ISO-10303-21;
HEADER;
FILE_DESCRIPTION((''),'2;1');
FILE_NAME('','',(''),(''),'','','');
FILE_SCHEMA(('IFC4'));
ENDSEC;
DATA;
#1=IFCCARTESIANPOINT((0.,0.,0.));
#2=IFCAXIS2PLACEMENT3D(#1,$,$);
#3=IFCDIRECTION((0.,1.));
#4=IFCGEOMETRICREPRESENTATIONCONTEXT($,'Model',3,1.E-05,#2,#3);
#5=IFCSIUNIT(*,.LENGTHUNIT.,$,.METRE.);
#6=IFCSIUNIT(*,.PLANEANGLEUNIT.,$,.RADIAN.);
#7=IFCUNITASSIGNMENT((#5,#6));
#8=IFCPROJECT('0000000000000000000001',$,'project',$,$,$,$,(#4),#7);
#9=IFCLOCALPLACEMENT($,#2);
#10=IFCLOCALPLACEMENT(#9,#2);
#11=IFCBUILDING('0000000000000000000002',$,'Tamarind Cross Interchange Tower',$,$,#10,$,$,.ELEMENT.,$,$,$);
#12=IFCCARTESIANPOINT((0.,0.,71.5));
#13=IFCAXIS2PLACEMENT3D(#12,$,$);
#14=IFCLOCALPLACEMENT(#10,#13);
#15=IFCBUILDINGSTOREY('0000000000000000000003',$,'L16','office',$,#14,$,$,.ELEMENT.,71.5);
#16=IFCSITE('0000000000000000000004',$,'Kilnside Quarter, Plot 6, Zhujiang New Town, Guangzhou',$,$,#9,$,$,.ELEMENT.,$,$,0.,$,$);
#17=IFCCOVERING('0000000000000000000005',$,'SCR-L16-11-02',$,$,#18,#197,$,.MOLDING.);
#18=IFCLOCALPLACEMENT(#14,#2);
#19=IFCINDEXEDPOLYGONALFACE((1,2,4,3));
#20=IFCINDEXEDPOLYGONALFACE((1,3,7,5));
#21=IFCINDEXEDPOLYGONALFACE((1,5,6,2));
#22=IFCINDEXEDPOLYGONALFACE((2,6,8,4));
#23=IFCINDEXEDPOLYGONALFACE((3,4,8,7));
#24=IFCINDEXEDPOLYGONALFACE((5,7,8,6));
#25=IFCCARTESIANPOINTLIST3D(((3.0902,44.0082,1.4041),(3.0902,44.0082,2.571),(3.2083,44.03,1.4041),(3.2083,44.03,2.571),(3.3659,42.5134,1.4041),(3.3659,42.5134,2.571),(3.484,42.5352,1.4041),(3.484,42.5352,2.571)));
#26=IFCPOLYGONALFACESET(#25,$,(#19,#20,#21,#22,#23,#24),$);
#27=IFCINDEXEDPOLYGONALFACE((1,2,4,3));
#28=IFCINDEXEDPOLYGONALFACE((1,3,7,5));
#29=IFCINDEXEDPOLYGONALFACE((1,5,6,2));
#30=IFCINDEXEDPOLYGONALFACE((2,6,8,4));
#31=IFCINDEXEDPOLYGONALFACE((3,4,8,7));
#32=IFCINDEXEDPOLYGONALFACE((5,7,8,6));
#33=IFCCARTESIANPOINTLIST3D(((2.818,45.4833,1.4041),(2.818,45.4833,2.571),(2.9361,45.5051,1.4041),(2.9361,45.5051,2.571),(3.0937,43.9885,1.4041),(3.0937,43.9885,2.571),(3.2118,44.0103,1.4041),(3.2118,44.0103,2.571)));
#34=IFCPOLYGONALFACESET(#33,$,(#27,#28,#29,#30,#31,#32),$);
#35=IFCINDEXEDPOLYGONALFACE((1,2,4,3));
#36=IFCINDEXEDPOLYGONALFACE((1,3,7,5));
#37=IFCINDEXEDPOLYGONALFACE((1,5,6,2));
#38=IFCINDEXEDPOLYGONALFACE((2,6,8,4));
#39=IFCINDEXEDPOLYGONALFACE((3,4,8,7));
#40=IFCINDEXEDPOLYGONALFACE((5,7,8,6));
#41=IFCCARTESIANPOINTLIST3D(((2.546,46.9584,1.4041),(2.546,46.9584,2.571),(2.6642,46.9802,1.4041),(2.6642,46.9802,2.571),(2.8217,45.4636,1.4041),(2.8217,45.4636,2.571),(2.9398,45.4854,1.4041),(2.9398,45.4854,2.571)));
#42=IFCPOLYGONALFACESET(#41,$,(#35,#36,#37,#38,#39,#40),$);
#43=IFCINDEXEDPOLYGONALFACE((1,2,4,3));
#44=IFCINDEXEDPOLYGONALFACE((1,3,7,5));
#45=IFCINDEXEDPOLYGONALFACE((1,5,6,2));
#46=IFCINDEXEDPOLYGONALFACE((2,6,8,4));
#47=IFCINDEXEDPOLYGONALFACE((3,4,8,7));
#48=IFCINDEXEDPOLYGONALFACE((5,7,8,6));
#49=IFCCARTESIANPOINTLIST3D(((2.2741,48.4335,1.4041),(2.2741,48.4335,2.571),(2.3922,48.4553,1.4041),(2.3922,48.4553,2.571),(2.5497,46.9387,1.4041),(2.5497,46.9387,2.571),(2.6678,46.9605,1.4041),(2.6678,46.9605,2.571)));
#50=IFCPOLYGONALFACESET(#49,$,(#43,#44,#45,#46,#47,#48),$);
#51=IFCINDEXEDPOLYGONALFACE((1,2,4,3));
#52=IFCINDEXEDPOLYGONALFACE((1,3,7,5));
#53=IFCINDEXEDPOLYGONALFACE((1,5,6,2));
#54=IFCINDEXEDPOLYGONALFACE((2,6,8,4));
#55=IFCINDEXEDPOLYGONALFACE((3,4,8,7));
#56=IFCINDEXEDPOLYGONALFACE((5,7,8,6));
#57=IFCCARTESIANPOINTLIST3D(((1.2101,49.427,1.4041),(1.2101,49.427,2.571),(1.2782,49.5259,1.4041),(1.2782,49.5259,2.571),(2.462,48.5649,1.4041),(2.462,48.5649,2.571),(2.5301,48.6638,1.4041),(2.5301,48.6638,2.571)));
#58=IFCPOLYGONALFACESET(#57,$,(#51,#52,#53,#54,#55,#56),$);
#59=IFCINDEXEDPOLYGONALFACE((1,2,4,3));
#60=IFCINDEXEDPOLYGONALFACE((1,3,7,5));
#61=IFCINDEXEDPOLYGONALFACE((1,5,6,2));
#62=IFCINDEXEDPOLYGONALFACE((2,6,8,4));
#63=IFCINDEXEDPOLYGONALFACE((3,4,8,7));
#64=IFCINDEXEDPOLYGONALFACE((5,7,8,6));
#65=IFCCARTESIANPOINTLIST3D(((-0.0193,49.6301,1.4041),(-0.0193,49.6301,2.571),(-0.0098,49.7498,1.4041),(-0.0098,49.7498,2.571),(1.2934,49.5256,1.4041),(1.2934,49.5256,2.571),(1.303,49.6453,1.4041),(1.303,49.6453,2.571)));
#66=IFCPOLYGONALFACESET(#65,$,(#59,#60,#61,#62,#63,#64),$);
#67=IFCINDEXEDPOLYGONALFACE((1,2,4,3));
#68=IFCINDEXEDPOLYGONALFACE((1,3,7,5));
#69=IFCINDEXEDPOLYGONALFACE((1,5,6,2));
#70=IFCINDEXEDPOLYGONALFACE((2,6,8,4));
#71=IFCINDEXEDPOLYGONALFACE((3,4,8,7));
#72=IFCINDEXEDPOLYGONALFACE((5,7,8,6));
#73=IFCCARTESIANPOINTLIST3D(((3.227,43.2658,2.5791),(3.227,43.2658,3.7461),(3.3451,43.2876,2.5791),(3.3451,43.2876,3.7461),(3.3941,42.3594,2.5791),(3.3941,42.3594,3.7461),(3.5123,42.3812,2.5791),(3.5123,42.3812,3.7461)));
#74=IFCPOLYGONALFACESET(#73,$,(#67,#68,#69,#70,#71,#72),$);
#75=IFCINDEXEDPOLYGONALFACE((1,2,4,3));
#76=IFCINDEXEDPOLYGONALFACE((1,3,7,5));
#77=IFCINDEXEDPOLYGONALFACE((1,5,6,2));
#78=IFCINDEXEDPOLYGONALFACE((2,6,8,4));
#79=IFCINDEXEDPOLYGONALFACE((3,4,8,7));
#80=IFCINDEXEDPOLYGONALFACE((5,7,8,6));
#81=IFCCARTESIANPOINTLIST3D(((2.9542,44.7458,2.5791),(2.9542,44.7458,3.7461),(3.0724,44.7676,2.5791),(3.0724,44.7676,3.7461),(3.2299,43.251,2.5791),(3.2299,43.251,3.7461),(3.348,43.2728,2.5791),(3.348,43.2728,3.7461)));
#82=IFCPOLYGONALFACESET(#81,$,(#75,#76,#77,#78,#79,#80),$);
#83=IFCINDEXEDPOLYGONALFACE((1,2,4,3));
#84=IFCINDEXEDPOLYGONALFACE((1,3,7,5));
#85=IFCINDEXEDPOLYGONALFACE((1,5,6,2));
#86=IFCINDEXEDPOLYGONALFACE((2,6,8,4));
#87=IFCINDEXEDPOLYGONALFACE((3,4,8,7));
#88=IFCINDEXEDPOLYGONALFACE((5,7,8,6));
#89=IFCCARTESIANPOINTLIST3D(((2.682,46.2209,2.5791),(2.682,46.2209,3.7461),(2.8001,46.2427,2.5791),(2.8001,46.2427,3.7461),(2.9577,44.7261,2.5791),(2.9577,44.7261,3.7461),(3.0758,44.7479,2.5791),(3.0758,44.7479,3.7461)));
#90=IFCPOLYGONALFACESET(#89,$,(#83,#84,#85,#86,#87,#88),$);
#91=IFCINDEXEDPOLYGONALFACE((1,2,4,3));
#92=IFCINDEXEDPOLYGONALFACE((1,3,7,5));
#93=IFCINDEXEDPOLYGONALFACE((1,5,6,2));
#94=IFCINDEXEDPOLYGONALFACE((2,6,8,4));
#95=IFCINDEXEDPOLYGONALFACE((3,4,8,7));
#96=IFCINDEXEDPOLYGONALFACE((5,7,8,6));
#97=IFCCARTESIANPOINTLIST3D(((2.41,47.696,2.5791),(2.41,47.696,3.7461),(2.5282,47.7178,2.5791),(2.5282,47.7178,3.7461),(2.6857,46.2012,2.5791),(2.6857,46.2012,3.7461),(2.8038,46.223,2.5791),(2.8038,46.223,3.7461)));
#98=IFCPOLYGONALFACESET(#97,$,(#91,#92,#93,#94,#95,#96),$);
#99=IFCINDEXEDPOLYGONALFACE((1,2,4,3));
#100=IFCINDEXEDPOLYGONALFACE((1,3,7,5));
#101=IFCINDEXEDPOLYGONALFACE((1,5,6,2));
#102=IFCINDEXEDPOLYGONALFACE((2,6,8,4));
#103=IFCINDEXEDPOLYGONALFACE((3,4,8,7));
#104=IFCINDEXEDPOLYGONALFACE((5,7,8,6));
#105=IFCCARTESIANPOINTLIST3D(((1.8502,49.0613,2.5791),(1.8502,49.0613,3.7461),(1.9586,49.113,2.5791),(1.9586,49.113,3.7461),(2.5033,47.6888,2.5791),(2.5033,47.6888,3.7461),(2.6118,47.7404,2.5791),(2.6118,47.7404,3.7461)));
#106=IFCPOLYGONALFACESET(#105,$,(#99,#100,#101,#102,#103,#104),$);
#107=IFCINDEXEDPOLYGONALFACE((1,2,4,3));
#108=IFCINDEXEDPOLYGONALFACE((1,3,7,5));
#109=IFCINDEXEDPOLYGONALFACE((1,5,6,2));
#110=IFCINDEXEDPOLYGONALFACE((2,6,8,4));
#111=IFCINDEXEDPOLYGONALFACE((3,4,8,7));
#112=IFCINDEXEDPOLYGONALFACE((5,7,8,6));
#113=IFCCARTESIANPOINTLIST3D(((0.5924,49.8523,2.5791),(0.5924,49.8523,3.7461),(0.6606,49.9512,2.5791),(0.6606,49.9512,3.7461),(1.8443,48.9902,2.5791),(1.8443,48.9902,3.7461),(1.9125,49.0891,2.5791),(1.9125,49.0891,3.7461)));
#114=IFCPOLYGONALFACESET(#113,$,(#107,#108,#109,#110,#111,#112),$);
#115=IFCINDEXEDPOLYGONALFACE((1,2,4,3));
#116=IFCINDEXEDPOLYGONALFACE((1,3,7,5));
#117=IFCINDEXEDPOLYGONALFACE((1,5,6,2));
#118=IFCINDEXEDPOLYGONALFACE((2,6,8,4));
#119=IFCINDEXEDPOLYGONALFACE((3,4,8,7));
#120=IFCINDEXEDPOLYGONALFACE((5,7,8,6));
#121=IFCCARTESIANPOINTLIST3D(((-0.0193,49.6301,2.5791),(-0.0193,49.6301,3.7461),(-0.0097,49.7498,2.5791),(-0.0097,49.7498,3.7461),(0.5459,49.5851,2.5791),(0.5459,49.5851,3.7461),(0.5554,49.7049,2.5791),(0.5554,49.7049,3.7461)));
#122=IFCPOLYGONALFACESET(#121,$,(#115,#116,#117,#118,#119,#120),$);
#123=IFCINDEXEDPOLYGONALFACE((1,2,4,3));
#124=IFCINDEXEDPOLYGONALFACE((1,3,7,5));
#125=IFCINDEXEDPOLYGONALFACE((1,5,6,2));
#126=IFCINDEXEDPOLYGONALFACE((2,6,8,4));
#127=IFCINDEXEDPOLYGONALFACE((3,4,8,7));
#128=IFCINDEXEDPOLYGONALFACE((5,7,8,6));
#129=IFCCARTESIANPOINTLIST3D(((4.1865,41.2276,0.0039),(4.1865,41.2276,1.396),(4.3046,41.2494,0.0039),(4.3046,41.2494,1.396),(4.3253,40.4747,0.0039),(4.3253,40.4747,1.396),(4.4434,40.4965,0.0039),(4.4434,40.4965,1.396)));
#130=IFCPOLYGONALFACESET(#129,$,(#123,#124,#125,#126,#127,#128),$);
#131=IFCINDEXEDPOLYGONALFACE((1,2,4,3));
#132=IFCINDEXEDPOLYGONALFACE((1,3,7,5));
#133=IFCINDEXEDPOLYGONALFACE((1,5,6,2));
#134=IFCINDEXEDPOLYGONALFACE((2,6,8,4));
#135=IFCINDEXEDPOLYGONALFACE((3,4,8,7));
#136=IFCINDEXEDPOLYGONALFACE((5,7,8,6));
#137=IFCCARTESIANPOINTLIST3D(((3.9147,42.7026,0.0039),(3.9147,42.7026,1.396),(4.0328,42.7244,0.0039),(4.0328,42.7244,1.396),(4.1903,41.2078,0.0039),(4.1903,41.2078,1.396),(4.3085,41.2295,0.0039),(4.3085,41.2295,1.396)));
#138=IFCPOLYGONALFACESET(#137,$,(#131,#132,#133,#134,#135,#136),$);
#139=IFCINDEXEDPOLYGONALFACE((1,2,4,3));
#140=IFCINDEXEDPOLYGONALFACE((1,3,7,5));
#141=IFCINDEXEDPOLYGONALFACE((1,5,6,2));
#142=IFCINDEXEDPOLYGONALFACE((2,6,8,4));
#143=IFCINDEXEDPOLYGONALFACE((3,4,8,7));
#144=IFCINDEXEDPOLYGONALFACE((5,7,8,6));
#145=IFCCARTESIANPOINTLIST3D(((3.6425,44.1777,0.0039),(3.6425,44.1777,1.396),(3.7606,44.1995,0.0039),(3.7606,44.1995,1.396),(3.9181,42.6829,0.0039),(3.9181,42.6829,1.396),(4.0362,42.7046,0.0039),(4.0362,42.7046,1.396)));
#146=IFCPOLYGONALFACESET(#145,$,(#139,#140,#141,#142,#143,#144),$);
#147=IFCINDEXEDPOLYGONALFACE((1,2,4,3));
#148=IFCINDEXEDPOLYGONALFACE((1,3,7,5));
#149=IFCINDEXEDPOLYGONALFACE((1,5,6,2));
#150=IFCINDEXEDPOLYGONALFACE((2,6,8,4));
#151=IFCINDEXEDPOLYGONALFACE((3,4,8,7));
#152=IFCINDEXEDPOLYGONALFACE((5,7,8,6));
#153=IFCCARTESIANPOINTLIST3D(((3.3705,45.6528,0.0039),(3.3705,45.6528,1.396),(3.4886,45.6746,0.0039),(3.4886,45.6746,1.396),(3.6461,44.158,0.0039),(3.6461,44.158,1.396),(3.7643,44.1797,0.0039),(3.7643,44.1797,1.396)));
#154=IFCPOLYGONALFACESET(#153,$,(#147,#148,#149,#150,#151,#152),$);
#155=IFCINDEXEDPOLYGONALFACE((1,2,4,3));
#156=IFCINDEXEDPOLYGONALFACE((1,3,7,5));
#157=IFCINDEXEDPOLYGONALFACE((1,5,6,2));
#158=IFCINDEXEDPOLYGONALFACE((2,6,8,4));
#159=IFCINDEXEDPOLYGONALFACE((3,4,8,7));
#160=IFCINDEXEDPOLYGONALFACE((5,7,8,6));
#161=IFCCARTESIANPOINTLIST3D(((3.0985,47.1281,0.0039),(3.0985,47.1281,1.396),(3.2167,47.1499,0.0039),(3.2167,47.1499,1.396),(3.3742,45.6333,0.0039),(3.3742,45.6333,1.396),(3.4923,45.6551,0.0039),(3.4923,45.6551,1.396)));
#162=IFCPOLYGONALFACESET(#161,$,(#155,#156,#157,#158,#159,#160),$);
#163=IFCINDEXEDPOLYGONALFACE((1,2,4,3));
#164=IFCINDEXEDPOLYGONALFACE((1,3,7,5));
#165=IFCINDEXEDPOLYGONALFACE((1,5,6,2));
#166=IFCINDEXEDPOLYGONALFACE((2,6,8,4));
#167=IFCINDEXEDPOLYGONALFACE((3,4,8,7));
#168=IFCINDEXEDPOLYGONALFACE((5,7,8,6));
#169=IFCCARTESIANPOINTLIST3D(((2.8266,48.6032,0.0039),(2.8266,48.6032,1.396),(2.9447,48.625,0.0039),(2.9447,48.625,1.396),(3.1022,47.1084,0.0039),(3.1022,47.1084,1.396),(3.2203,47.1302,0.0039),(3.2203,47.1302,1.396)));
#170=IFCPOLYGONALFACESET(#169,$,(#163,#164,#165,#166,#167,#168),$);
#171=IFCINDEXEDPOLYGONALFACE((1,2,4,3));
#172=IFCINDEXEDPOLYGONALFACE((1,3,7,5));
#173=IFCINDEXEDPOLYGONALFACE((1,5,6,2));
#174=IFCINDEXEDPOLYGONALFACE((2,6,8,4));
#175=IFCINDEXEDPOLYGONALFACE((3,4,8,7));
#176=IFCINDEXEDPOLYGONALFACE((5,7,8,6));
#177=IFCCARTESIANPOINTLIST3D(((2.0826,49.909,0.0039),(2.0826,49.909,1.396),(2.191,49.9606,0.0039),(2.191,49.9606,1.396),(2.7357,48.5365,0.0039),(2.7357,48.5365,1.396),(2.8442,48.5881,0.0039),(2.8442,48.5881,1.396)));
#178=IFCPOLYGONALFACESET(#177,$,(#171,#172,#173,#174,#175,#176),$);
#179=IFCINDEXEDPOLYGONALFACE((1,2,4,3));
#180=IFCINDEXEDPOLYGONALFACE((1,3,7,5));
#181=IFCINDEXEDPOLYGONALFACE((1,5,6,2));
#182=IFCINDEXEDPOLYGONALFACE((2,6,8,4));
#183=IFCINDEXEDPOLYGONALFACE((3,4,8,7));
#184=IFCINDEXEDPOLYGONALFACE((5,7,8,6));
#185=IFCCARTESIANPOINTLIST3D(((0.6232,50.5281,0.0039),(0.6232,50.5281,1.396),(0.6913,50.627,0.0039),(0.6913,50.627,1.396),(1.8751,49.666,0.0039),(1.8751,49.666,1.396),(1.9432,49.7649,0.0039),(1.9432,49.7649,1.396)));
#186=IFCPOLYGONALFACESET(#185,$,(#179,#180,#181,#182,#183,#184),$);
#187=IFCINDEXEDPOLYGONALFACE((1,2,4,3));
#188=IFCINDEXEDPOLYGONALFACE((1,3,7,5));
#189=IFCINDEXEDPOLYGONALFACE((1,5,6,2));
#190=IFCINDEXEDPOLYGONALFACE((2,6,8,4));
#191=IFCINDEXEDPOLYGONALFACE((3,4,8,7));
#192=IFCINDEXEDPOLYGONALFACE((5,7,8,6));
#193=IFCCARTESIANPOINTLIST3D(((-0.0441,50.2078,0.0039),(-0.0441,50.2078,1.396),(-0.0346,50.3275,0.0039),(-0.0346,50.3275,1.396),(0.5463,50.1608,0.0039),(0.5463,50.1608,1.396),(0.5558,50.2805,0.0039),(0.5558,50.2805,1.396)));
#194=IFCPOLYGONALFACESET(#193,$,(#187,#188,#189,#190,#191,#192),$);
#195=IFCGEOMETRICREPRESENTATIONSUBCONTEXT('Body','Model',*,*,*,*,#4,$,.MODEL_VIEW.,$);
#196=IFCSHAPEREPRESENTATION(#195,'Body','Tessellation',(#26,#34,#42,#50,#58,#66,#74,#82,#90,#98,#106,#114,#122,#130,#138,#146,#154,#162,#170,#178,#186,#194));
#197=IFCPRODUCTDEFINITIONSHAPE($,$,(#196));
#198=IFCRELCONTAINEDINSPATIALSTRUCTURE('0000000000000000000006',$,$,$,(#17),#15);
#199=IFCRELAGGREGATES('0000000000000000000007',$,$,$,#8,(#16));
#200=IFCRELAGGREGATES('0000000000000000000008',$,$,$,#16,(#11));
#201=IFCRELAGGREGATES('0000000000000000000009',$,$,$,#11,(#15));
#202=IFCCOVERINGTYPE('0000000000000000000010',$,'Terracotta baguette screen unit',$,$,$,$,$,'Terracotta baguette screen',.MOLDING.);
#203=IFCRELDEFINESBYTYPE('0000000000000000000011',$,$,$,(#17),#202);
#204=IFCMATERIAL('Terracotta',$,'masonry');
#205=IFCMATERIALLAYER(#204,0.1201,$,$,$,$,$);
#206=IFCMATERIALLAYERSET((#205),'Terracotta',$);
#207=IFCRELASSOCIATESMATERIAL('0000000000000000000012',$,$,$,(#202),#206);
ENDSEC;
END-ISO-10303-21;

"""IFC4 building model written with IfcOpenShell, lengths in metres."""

from ifc_helpers import new_model, si_unit, direction, frame, origin, origin_2d, place, context, subcontext, project, spatial, rectangle, extrude, material, layer, layer_set, type_object, element, save


model = new_model("IFC4")

# Units and contexts
model_context = context("Model", 3, precision=1e-05, world=origin(), true_north=direction((0.0, 1.0)))
body_context = subcontext(model_context, "Body", "Model", "MODEL_VIEW")
ifc_project = project(units=[si_unit("LENGTHUNIT", "METRE"), si_unit("PLANEANGLEUNIT", "RADIAN")], contexts=[model_context])

# Site, building, storey
site_placement = place(None, origin())
site = spatial("IfcSite", under=ifc_project, at=site_placement, Name="Kilnside Quarter, Plot 6, Zhujiang New Town, Guangzhou", CompositionType="ELEMENT", RefElevation=0.0)
building_placement = place(site_placement, origin())
building = spatial("IfcBuilding", under=site, at=building_placement, Name="Tamarind Cross Interchange Tower", CompositionType="ELEMENT")
storey_placement = place(building_placement, frame((0.0, 0.0, 71.5)))
storey = spatial("IfcBuildingStorey", under=building, at=storey_placement, Name="L16", Description="office", CompositionType="ELEMENT", Elevation=71.5)

# Covering
ifc_material_1 = material(Name="Terracotta", Category="masonry")
ifc_layer_1 = layer(ifc_material_1, 0.1201)
ifc_layer_set_1 = layer_set([ifc_layer_1], Name="Terracotta")
covering_type = type_object("IfcCoveringType", Name="Terracotta baguette screen unit", ElementType="Terracotta baguette screen", PredefinedType="MOLDING", material=ifc_layer_set_1)
covering_1_placement = place(storey_placement, origin())
element("IfcCovering", 1, at=covering_1_placement, inside=storey, type_object=covering_type, Name="SCR-L16-11-02", PredefinedType="MOLDING", context=body_context, shape_type="SweptSolid", body=[
    extrude(rectangle(XDim=1.52, YDim=0.1201, at=origin_2d()), frame((3.2871, 43.2717, 1.4041), z_axis=(0.0, 0.0, 1.0), x_axis=(-0.181343, 0.98342, 0.0)), (0.0, 0.0, 1.0), 1.167),
    extrude(rectangle(XDim=1.52, YDim=0.1201, at=origin_2d()), frame((3.0149, 44.7468, 1.4041), z_axis=(0.0, 0.0, 1.0), x_axis=(-0.181343, 0.98342, 0.0)), (0.0, 0.0, 1.0), 1.167),
    extrude(rectangle(XDim=1.52, YDim=0.1201, at=origin_2d()), frame((2.7429, 46.2219, 1.4041), z_axis=(0.0, 0.0, 1.0), x_axis=(-0.181343, 0.98342, 0.0)), (0.0, 0.0, 1.0), 1.167),
    extrude(rectangle(XDim=1.52, YDim=0.1201, at=origin_2d()), frame((2.4709, 47.697, 1.4041), z_axis=(0.0, 0.0, 1.0), x_axis=(-0.181343, 0.98342, 0.0)), (0.0, 0.0, 1.0), 1.167),
    extrude(rectangle(XDim=1.52, YDim=0.1201, at=origin_2d()), frame((1.8701, 49.0454, 1.4041), z_axis=(0.0, 0.0, 1.0), x_axis=(-0.823612, 0.567154, 0.0)), (0.0, 0.0, 1.0), 1.167),
    extrude(rectangle(XDim=1.3169, YDim=0.1201, at=origin_2d()), frame((0.6418, 49.6377, 1.4041), z_axis=(0.0, 0.0, 1.0), x_axis=(-0.996846, 0.079364, 0.0)), (0.0, 0.0, 1.0), 1.167),
    extrude(rectangle(XDim=0.9216, YDim=0.1201, at=origin_2d()), frame((3.3696, 42.8235, 2.5791), z_axis=(0.0, 0.0, 1.0), x_axis=(-0.181343, 0.98342, 0.0)), (0.0, 0.0, 1.0), 1.167),
    extrude(rectangle(XDim=1.52, YDim=0.1201, at=origin_2d()), frame((3.1511, 44.0093, 2.5791), z_axis=(0.0, 0.0, 1.0), x_axis=(-0.181343, 0.98342, 0.0)), (0.0, 0.0, 1.0), 1.167),
    extrude(rectangle(XDim=1.52, YDim=0.1201, at=origin_2d()), frame((2.8789, 45.4844, 2.5791), z_axis=(0.0, 0.0, 1.0), x_axis=(-0.181343, 0.98342, 0.0)), (0.0, 0.0, 1.0), 1.167),
    extrude(rectangle(XDim=1.52, YDim=0.1201, at=origin_2d()), frame((2.6069, 46.9595, 2.5791), z_axis=(0.0, 0.0, 1.0), x_axis=(-0.181343, 0.98342, 0.0)), (0.0, 0.0, 1.0), 1.167),
    extrude(rectangle(XDim=1.52, YDim=0.1201, at=origin_2d()), frame((2.231, 48.4009, 2.5791), z_axis=(0.0, 0.0, 1.0), x_axis=(-0.429692, 0.902976, 0.0)), (0.0, 0.0, 1.0), 1.167),
    extrude(rectangle(XDim=1.52, YDim=0.1201, at=origin_2d()), frame((1.2524, 49.4707, 2.5791), z_axis=(0.0, 0.0, 1.0), x_axis=(-0.823612, 0.567154, 0.0)), (0.0, 0.0, 1.0), 1.167),
    extrude(rectangle(XDim=0.5669, YDim=0.1201, at=origin_2d()), frame((0.2681, 49.6675, 2.5791), z_axis=(0.0, 0.0, 1.0), x_axis=(-0.996846, 0.079364, 0.0)), (0.0, 0.0, 1.0), 1.167),
    extrude(rectangle(XDim=0.7656, YDim=0.1201, at=origin_2d()), frame((4.3149, 40.8621, 0.0039), z_axis=(0.0, 0.0, 1.0), x_axis=(-0.181343, 0.98342, 0.0)), (0.0, 0.0, 1.0), 1.3921),
    extrude(rectangle(XDim=1.52, YDim=0.1201, at=origin_2d()), frame((4.1116, 41.9661, 0.0039), z_axis=(0.0, 0.0, 1.0), x_axis=(-0.181343, 0.98342, 0.0)), (0.0, 0.0, 1.0), 1.3921),
    extrude(rectangle(XDim=1.52, YDim=0.1201, at=origin_2d()), frame((3.8394, 43.4412, 0.0039), z_axis=(0.0, 0.0, 1.0), x_axis=(-0.181343, 0.98342, 0.0)), (0.0, 0.0, 1.0), 1.3921),
    extrude(rectangle(XDim=1.52, YDim=0.1201, at=origin_2d()), frame((3.5674, 44.9163, 0.0039), z_axis=(0.0, 0.0, 1.0), x_axis=(-0.181343, 0.98342, 0.0)), (0.0, 0.0, 1.0), 1.3921),
    extrude(rectangle(XDim=1.52, YDim=0.1201, at=origin_2d()), frame((3.2954, 46.3916, 0.0039), z_axis=(0.0, 0.0, 1.0), x_axis=(-0.181343, 0.98342, 0.0)), (0.0, 0.0, 1.0), 1.3921),
    extrude(rectangle(XDim=1.52, YDim=0.1201, at=origin_2d()), frame((3.0234, 47.8667, 0.0039), z_axis=(0.0, 0.0, 1.0), x_axis=(-0.181343, 0.98342, 0.0)), (0.0, 0.0, 1.0), 1.3921),
    extrude(rectangle(XDim=1.52, YDim=0.1201, at=origin_2d()), frame((2.4634, 49.2485, 0.0039), z_axis=(0.0, 0.0, 1.0), x_axis=(-0.429692, 0.902976, 0.0)), (0.0, 0.0, 1.0), 1.3921),
    extrude(rectangle(XDim=1.52, YDim=0.1201, at=origin_2d()), frame((1.2832, 50.1465, 0.0039), z_axis=(0.0, 0.0, 1.0), x_axis=(-0.823612, 0.567154, 0.0)), (0.0, 0.0, 1.0), 1.3921),
    extrude(rectangle(XDim=0.5923, YDim=0.1201, at=origin_2d()), frame((0.2559, 50.2441, 0.0039), z_axis=(0.0, 0.0, 1.0), x_axis=(-0.996846, 0.079364, 0.0)), (0.0, 0.0, 1.0), 1.3921),
])

save(model, "model.ifc")
